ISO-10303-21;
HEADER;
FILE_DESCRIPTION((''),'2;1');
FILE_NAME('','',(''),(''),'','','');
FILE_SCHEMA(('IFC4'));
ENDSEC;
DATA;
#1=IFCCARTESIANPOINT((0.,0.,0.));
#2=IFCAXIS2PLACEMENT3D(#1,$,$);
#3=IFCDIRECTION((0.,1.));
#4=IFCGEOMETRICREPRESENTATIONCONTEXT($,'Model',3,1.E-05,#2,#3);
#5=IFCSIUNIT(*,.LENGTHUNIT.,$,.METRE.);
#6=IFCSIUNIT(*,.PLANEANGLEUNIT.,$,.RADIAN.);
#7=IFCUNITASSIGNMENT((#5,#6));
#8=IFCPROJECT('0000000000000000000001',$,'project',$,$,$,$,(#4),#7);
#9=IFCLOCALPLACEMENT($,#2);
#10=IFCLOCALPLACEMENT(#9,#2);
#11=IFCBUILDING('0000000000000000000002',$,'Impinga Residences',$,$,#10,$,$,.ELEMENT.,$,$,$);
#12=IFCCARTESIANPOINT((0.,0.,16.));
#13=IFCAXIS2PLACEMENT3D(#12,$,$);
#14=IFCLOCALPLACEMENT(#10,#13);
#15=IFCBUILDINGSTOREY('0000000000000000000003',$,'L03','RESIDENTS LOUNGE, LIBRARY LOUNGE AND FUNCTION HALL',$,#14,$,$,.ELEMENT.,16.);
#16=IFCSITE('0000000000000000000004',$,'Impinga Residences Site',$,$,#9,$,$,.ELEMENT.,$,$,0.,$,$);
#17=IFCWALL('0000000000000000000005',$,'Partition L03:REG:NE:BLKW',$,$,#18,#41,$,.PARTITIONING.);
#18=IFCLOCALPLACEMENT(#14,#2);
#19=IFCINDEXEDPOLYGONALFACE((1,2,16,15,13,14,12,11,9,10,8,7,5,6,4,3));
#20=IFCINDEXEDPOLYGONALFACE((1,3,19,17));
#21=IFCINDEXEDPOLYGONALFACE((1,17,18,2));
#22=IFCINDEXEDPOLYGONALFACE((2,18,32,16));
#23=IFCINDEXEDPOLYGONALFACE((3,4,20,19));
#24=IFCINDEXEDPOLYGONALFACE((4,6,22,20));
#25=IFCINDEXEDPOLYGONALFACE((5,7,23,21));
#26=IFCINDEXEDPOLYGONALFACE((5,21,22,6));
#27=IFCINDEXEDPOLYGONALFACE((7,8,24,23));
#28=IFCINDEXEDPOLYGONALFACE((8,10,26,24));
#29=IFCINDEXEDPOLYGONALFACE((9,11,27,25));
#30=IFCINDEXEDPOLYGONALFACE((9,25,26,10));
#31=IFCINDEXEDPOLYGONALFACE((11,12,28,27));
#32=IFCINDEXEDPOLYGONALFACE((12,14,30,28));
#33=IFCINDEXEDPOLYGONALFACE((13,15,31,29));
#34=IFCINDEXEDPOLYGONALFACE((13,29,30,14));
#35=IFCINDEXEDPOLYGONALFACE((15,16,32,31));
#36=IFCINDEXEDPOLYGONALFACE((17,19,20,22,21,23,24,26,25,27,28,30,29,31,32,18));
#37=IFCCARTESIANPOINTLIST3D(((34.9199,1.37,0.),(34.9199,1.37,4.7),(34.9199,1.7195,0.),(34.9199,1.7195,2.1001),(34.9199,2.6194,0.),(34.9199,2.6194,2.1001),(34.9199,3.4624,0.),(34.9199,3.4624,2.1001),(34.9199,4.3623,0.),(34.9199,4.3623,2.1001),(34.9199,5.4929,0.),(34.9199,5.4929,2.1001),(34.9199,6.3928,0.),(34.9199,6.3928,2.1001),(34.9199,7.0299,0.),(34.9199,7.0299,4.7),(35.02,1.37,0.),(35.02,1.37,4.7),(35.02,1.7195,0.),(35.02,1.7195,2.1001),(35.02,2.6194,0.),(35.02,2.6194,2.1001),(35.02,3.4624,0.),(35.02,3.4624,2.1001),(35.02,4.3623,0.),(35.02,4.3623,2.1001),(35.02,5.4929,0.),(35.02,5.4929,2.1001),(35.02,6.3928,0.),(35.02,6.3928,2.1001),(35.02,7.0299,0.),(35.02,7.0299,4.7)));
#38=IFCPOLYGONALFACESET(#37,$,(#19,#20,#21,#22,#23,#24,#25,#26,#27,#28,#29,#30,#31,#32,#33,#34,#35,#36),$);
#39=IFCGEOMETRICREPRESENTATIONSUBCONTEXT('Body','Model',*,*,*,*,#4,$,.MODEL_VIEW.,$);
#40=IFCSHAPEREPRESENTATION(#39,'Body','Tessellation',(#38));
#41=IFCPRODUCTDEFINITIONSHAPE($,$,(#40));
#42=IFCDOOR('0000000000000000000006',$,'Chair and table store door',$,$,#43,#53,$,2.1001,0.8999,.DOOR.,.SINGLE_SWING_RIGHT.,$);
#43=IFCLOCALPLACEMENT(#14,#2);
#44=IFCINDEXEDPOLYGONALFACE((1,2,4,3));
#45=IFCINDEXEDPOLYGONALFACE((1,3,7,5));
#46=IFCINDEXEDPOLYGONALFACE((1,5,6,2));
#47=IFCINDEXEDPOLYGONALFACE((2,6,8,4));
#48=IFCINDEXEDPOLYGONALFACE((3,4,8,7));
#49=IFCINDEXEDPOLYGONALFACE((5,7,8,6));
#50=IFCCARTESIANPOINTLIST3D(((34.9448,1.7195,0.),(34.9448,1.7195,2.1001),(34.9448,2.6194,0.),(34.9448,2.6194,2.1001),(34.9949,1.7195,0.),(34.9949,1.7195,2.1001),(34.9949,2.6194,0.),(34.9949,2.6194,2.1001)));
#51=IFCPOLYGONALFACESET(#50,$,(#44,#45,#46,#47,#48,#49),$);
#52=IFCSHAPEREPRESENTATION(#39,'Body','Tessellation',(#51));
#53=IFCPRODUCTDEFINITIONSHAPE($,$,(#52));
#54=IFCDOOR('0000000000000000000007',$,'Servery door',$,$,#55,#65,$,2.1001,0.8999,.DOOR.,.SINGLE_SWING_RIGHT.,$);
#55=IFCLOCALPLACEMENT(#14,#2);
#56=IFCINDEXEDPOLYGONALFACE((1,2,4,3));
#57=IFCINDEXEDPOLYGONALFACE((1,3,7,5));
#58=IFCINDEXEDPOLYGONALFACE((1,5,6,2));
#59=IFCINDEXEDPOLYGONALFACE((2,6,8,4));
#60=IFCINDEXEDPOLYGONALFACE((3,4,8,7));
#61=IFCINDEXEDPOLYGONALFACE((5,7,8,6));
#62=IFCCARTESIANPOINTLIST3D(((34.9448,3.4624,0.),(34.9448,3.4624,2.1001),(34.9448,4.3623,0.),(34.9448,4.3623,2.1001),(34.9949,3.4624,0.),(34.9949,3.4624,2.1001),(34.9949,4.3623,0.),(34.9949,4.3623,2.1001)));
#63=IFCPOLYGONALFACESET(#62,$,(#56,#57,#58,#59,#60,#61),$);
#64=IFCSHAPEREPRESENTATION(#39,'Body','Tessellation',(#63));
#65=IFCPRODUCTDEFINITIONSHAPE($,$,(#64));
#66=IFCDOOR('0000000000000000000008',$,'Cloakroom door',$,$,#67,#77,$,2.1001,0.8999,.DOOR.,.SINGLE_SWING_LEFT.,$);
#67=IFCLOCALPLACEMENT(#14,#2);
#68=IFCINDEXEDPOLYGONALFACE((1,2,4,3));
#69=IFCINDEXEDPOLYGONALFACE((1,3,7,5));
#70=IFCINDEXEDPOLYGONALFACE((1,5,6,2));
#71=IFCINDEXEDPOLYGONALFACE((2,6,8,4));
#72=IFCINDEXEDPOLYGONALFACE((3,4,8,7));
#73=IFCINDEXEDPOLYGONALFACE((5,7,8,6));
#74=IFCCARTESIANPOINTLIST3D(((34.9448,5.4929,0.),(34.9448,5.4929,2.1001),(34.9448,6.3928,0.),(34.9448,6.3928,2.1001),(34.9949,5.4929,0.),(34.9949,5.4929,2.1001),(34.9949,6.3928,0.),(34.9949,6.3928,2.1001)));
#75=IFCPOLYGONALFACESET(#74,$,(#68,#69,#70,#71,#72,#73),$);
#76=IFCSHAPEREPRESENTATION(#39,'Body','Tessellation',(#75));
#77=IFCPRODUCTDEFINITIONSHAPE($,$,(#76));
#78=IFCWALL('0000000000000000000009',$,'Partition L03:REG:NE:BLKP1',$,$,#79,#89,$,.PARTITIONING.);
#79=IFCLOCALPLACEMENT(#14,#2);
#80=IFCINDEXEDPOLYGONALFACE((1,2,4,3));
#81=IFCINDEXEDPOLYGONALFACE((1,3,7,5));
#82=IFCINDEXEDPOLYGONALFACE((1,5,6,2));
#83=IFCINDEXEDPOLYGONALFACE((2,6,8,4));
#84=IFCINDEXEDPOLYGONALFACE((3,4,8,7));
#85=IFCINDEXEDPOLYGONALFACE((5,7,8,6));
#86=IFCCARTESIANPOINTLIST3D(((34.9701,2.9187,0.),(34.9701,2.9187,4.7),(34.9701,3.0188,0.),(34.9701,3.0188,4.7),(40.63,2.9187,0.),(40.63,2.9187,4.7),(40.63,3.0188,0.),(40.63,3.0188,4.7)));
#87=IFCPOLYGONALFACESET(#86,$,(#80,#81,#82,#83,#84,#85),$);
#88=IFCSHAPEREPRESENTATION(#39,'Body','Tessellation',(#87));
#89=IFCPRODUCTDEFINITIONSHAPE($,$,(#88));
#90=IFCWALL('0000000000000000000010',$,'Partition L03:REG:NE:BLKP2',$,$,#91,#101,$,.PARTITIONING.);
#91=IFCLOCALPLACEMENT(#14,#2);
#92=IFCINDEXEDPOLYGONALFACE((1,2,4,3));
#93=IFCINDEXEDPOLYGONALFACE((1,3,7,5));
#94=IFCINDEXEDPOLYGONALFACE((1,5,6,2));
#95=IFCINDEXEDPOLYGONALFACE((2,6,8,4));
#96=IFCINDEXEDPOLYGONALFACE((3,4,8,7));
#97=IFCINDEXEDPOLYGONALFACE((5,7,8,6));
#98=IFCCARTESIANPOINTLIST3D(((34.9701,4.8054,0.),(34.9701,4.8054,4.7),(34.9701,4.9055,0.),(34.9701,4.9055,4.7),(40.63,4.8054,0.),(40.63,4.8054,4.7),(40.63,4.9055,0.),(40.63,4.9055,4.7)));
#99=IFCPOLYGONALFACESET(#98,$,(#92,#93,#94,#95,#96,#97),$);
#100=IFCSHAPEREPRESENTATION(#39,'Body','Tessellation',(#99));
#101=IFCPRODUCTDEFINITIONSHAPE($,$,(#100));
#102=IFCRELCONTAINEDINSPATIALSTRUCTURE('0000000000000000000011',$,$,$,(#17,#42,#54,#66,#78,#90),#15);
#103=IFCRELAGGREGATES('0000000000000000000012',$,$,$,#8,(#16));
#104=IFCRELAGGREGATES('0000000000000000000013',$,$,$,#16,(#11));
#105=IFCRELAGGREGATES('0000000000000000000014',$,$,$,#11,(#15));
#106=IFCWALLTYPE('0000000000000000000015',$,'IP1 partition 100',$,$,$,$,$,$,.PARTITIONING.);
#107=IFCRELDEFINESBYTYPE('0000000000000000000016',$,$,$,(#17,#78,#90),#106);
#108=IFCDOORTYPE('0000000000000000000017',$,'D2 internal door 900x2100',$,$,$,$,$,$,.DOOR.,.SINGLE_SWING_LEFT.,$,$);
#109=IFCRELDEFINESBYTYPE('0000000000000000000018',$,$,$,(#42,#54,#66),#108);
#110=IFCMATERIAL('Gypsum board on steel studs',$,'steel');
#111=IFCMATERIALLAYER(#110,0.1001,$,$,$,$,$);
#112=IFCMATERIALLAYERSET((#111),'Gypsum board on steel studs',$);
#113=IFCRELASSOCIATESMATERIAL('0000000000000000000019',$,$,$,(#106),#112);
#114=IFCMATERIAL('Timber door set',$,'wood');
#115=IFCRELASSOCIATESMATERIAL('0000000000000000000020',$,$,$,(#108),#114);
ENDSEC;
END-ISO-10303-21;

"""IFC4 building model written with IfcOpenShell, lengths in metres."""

from ifc_helpers import new_model, si_unit, direction, frame, frame_2d, origin, place, context, subcontext, project, spatial, rectangle, extrude, material, layer, layer_set, type_object, element, fill, save


model = new_model("IFC4")

# Units and contexts
model_context = context("Model", 3, precision=1e-05, world=origin(), true_north=direction((0.0, 1.0)))
body_context = subcontext(model_context, "Body", "Model", "MODEL_VIEW")
ifc_project = project(units=[si_unit("LENGTHUNIT", "METRE"), si_unit("PLANEANGLEUNIT", "RADIAN")], contexts=[model_context])

# Site, building, storey
site_placement = place(None, origin())
site = spatial("IfcSite", under=ifc_project, at=site_placement, Name="Impinga Residences Site", CompositionType="ELEMENT", RefElevation=0.0)
building_placement = place(site_placement, origin())
building = spatial("IfcBuilding", under=site, at=building_placement, Name="Impinga Residences", CompositionType="ELEMENT")
storey_placement = place(building_placement, frame((0.0, 0.0, 16.0)))
storey = spatial("IfcBuildingStorey", under=building, at=storey_placement, Name="L03", Description="RESIDENTS LOUNGE, LIBRARY LOUNGE AND FUNCTION HALL", CompositionType="ELEMENT", Elevation=16.0)

# Shared definitions
ifc_material_1 = material(Name="Gypsum board on steel studs", Category="steel")
ifc_layer_1 = layer(ifc_material_1, 0.1001)
ifc_layer_set_1 = layer_set([ifc_layer_1], Name="Gypsum board on steel studs")
wall_type = type_object("IfcWallType", Name="IP1 partition 100", PredefinedType="PARTITIONING", material=ifc_layer_set_1)

# Wall, openings, doors
wall_placement = place(storey_placement, frame((34.97, 7.03, 0.0), z_axis=(0.0, 0.0, 1.0), x_axis=(0.0, -1.0, 0.0)))
wall = element("IfcWall", 1, at=wall_placement, inside=storey, type_object=wall_type, Name="Partition L03:REG:NE:BLKW", PredefinedType="PARTITIONING", context=body_context, shape_type="SweptSolid", body=[
    extrude(rectangle(XDim=5.6599, YDim=0.1001, at=frame_2d((2.8301, 0.0))), origin(), (0.0, 0.0, 1.0), 4.7),
])
opening_1_placement = place(wall_placement, frame((4.4106, 0.0, 0.0)))
opening_1 = element("IfcOpeningElement", 2, at=opening_1_placement, cuts=wall, PredefinedType="OPENING", context=body_context, shape_type="SweptSolid", body=[
    extrude(rectangle(XDim=0.8999, YDim=2.1001, at=frame_2d((0.45, 1.05))), frame((0.0, 0.0601, 0.0), z_axis=(0.0, -1.0, 0.0), x_axis=(1.0, 0.0, 0.0)), (0.0, 0.0, 1.0), 0.1201),
])
opening_2_placement = place(wall_placement, frame((2.6677, 0.0, 0.0)))
opening_2 = element("IfcOpeningElement", 3, at=opening_2_placement, cuts=wall, PredefinedType="OPENING", context=body_context, shape_type="SweptSolid", body=[
    extrude(rectangle(XDim=0.8999, YDim=2.1001, at=frame_2d((0.45, 1.05))), frame((0.0, 0.0601, 0.0), z_axis=(0.0, -1.0, 0.0), x_axis=(1.0, 0.0, 0.0)), (0.0, 0.0, 1.0), 0.1201),
])
opening_3_placement = place(wall_placement, frame((0.6372, 0.0, 0.0)))
opening_3 = element("IfcOpeningElement", 4, at=opening_3_placement, cuts=wall, PredefinedType="OPENING", context=body_context, shape_type="SweptSolid", body=[
    extrude(rectangle(XDim=0.8999, YDim=2.1001, at=frame_2d((0.45, 1.05))), frame((0.0, 0.0601, 0.0), z_axis=(0.0, -1.0, 0.0), x_axis=(1.0, 0.0, 0.0)), (0.0, 0.0, 1.0), 0.1201),
])
ifc_material_2 = material(Name="Timber door set", Category="wood")
door_type = type_object("IfcDoorType", Name="D2 internal door 900x2100", OperationType="SINGLE_SWING_LEFT", PredefinedType="DOOR", material=ifc_material_2)
door_1_placement = place(opening_1_placement, origin())
door_1 = element("IfcDoor", 5, at=door_1_placement, inside=storey, type_object=door_type, Name="Chair and table store door", OperationType="SINGLE_SWING_RIGHT", OverallHeight=2.1001, OverallWidth=0.8999, PredefinedType="DOOR", context=body_context, shape_type="SweptSolid", body=[
    extrude(rectangle(XDim=0.8999, YDim=2.1001, at=frame_2d((0.45, 1.05))), frame((0.0, 0.0249, 0.0), z_axis=(0.0, -1.0, 0.0), x_axis=(1.0, 0.0, 0.0)), (0.0, 0.0, 1.0), 0.05),
])
fill(opening_1, door_1)
door_2_placement = place(opening_2_placement, origin())
door_2 = element("IfcDoor", 6, at=door_2_placement, inside=storey, type_object=door_type, Name="Servery door", OperationType="SINGLE_SWING_RIGHT", OverallHeight=2.1001, OverallWidth=0.8999, PredefinedType="DOOR", context=body_context, shape_type="SweptSolid", body=[
    extrude(rectangle(XDim=0.8999, YDim=2.1001, at=frame_2d((0.45, 1.05))), frame((0.0, 0.0249, 0.0), z_axis=(0.0, -1.0, 0.0), x_axis=(1.0, 0.0, 0.0)), (0.0, 0.0, 1.0), 0.05),
])
fill(opening_2, door_2)
door_3_placement = place(opening_3_placement, origin())
door_3 = element("IfcDoor", 7, at=door_3_placement, inside=storey, type_object=door_type, Name="Cloakroom door", OperationType="SINGLE_SWING_LEFT", OverallHeight=2.1001, OverallWidth=0.8999, PredefinedType="DOOR", context=body_context, shape_type="SweptSolid", body=[
    extrude(rectangle(XDim=0.8999, YDim=2.1001, at=frame_2d((0.45, 1.05))), frame((0.0, 0.0249, 0.0), z_axis=(0.0, -1.0, 0.0), x_axis=(1.0, 0.0, 0.0)), (0.0, 0.0, 1.0), 0.05),
])
fill(opening_3, door_3)

# Walls
for number, where, z_axis, x_axis, name in (
    (8, (34.97, 2.9688, 0.0), (0.0, 0.0, 1.0), (1.0, 0.0, 0.0), "Partition L03:REG:NE:BLKP1"),
    (9, (34.97, 4.8555, 0.0), (0.0, 0.0, 1.0), (1.0, 0.0, 0.0), "Partition L03:REG:NE:BLKP2"),
):
    element("IfcWall", number, at=place(storey_placement, frame(where, z_axis=z_axis, x_axis=x_axis)), inside=storey, type_object=wall_type, Name=name, PredefinedType="PARTITIONING", context=body_context, shape_type="SweptSolid", body=[
        extrude(rectangle(XDim=5.6599, YDim=0.1001, at=frame_2d((2.8301, 0.0))), origin(), (0.0, 0.0, 1.0), 4.7),
    ])

save(model, "model.ifc")
